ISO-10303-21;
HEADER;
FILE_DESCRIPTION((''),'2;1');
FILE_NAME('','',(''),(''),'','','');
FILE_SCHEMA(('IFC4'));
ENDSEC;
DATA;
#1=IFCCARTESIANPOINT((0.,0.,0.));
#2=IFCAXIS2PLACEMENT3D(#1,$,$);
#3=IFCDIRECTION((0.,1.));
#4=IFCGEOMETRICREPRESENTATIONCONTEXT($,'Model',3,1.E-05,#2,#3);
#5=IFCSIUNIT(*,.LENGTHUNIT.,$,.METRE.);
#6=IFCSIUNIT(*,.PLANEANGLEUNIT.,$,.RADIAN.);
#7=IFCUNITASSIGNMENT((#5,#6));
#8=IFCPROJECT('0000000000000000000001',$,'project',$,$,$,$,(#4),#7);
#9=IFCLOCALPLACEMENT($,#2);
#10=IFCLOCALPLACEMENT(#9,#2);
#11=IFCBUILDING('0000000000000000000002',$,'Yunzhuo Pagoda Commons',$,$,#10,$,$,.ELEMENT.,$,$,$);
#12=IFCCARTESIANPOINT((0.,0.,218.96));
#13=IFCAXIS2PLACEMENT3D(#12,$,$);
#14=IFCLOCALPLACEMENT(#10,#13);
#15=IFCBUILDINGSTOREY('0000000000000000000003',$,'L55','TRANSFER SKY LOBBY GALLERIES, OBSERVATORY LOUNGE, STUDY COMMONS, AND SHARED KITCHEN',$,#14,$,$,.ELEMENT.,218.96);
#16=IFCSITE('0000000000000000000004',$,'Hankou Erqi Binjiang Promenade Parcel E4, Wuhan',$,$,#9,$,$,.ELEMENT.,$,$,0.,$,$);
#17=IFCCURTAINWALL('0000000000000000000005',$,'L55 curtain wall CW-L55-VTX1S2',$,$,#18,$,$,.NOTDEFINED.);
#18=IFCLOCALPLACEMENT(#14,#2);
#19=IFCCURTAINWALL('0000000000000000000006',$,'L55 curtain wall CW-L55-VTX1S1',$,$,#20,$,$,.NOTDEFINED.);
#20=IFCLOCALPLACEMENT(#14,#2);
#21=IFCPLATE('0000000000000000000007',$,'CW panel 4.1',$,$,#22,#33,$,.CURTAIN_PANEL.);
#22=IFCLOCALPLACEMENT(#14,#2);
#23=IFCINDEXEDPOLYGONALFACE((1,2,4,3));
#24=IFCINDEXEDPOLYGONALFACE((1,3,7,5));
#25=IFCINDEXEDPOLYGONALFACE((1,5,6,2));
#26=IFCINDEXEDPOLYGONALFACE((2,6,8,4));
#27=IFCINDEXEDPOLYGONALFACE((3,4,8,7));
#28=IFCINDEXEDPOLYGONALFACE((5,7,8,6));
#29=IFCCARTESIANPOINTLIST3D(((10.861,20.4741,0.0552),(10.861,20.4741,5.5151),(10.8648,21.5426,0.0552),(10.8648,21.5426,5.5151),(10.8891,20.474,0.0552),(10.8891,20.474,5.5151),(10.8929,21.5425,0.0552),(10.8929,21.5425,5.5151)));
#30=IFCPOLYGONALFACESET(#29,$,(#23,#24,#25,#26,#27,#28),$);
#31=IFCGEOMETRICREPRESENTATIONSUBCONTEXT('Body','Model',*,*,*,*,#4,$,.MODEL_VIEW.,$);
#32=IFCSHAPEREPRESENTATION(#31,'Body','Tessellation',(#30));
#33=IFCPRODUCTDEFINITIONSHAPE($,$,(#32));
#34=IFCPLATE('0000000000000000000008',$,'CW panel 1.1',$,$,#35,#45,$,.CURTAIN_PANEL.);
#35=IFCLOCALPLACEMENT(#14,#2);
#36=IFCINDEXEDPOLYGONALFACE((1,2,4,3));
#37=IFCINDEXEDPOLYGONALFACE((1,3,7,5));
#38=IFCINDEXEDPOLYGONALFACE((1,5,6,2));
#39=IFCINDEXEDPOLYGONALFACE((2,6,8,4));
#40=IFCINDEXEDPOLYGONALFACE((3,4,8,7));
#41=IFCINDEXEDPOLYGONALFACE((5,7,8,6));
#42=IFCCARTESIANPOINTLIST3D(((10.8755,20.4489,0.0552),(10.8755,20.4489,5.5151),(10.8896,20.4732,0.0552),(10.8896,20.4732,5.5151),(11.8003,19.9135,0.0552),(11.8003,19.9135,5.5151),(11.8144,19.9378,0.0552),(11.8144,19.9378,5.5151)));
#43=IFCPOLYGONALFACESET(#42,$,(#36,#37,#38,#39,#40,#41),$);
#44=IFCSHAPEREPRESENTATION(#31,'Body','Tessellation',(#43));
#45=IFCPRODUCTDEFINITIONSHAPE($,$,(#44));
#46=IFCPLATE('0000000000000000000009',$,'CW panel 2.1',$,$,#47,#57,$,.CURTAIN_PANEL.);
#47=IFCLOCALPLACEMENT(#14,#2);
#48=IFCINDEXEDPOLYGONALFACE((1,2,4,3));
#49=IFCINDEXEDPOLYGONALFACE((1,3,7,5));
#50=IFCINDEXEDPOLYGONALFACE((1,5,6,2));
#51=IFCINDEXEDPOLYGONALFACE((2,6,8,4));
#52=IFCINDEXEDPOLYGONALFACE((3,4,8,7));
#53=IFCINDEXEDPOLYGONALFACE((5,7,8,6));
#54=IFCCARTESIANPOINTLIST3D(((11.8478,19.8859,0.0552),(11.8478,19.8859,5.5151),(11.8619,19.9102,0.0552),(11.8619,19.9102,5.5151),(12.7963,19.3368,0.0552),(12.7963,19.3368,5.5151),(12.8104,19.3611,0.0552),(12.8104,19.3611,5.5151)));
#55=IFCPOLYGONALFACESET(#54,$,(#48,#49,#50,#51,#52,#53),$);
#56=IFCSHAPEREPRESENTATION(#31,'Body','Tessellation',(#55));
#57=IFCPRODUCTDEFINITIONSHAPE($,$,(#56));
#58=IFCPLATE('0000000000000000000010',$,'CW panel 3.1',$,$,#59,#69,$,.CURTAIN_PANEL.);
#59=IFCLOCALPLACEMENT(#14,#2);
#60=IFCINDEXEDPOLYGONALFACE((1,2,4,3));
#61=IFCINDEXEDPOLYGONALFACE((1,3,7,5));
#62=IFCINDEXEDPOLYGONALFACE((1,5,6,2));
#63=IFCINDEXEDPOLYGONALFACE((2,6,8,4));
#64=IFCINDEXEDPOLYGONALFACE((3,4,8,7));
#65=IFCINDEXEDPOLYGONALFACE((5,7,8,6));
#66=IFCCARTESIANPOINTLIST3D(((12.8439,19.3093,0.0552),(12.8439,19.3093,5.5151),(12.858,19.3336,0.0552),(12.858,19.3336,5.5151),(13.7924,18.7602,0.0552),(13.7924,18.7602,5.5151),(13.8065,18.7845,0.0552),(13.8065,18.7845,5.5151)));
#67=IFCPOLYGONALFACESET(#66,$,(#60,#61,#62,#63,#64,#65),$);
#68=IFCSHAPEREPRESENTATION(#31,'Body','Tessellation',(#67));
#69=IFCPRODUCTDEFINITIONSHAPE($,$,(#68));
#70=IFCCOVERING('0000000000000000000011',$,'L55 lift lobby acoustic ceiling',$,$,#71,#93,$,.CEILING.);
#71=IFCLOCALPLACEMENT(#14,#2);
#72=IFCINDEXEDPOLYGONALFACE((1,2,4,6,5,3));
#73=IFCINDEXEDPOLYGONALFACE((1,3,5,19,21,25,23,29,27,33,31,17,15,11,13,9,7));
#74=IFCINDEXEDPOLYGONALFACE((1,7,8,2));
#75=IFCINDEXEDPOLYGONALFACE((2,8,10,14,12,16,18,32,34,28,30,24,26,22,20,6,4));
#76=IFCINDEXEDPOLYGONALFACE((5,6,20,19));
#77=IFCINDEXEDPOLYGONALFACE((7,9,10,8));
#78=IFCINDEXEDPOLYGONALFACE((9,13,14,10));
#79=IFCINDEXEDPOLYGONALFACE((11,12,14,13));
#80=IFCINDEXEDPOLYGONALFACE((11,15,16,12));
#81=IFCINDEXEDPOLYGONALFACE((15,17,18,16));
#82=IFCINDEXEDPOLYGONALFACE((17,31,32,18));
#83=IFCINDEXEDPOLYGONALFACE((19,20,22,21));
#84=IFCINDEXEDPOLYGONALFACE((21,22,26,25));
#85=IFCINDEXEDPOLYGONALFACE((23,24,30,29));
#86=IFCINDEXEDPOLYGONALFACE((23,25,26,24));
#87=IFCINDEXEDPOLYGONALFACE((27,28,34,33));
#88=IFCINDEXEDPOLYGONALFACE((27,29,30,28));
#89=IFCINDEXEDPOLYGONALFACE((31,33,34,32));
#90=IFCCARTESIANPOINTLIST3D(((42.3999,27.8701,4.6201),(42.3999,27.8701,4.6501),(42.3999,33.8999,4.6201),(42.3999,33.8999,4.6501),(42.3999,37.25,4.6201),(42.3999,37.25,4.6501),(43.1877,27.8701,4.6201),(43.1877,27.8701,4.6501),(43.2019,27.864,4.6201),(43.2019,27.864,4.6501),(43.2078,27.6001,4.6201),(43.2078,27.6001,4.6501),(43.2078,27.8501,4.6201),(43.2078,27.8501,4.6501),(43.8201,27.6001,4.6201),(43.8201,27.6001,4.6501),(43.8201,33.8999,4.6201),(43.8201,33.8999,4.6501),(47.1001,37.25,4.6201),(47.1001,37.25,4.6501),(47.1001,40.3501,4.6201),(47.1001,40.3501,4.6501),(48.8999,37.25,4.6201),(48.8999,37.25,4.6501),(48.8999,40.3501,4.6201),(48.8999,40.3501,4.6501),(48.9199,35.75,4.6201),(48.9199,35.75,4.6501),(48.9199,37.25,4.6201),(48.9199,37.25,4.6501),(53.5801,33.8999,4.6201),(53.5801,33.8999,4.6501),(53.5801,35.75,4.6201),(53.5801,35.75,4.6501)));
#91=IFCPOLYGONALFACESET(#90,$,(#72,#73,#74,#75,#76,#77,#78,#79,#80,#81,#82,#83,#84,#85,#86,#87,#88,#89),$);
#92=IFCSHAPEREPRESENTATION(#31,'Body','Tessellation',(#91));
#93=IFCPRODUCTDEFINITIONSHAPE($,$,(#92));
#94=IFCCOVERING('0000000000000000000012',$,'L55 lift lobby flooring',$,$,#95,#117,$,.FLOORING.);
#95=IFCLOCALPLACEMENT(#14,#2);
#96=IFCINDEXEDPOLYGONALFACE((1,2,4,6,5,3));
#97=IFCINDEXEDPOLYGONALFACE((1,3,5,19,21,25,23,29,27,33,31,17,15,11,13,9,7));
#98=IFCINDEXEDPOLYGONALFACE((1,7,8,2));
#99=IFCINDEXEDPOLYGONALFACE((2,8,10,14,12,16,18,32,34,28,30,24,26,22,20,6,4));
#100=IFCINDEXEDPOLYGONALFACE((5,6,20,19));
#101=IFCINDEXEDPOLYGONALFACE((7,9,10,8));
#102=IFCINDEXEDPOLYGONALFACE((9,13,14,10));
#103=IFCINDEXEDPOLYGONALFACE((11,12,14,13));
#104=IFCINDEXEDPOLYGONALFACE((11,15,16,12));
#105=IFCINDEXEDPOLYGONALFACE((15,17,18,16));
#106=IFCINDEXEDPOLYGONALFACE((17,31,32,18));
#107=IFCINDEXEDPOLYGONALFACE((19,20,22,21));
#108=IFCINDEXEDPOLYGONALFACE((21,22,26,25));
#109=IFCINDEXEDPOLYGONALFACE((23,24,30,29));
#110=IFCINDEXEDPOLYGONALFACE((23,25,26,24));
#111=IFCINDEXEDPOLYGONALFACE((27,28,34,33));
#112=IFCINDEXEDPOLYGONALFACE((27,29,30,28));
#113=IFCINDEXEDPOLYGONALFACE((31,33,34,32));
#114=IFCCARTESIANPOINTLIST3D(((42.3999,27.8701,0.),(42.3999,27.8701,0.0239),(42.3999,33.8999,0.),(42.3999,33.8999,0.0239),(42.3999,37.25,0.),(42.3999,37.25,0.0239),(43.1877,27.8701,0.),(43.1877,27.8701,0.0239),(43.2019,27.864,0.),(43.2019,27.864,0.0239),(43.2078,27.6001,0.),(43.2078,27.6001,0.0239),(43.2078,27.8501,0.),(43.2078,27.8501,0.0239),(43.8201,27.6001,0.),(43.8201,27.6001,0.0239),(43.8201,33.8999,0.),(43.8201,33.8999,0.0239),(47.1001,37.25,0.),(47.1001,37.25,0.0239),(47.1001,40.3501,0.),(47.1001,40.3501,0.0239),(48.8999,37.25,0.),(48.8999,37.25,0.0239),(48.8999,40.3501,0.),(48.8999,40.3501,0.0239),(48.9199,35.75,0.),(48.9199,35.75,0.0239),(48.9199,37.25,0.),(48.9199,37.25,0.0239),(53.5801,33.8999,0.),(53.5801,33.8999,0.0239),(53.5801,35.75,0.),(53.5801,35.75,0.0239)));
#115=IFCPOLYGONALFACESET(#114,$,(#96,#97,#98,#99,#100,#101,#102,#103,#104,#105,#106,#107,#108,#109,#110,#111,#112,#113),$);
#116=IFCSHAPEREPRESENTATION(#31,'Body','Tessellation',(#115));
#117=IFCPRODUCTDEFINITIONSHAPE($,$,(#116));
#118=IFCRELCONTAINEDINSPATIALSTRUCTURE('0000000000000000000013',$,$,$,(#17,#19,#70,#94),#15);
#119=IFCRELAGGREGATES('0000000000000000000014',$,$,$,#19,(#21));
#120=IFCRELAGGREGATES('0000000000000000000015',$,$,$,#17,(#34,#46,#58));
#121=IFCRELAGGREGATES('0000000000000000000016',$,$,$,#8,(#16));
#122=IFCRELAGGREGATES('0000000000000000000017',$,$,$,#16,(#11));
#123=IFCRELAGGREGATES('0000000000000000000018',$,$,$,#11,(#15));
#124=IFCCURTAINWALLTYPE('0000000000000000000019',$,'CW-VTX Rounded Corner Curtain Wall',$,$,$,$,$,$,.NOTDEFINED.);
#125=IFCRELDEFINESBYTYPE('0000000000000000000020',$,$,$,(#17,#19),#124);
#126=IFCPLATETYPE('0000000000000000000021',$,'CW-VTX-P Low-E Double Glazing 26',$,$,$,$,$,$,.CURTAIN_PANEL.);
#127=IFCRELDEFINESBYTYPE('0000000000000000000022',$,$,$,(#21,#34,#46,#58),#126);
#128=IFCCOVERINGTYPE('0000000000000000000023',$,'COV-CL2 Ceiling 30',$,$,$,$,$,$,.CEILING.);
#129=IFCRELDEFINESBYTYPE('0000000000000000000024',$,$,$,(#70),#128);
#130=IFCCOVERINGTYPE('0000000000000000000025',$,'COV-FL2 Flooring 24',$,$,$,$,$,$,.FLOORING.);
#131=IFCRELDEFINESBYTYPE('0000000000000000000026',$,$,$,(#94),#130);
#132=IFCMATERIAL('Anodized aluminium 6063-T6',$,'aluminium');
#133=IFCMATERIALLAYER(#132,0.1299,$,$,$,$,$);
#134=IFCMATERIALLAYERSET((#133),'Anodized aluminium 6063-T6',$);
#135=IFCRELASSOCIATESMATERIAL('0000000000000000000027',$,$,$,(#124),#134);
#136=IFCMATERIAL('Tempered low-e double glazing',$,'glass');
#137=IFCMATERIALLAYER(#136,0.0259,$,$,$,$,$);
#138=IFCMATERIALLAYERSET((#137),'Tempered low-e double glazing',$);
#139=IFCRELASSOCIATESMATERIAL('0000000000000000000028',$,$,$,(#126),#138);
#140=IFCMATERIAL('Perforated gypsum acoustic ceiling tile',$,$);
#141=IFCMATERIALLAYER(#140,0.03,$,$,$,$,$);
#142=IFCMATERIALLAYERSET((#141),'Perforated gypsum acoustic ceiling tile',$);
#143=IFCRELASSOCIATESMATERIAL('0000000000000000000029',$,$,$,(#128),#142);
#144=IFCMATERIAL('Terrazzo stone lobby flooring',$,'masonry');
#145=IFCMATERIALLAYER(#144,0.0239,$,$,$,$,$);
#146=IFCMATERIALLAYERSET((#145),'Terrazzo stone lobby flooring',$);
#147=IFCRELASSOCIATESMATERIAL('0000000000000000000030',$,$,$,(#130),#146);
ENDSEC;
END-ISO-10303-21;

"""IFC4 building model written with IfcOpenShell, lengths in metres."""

from ifc_helpers import new_model, si_unit, direction, frame, origin, origin_2d, place, context, subcontext, project, spatial, polyline, rectangle, outline, extrude, source, transform, mapped, material, layer, layer_set, type_object, element, aggregate, save


model = new_model("IFC4")

# Units and contexts
model_context = context("Model", 3, precision=1e-05, world=origin(), true_north=direction((0.0, 1.0)))
body_context = subcontext(model_context, "Body", "Model", "MODEL_VIEW")
ifc_project = project(units=[si_unit("LENGTHUNIT", "METRE"), si_unit("PLANEANGLEUNIT", "RADIAN")], contexts=[model_context])

# Site, building, storey
site_placement = place(None, origin())
site = spatial("IfcSite", under=ifc_project, at=site_placement, Name="Hankou Erqi Binjiang Promenade Parcel E4, Wuhan", CompositionType="ELEMENT", RefElevation=0.0)
building_placement = place(site_placement, origin())
building = spatial("IfcBuilding", under=site, at=building_placement, Name="Yunzhuo Pagoda Commons", CompositionType="ELEMENT")
storey_placement = place(building_placement, frame((0.0, 0.0, 218.96)))
storey = spatial("IfcBuildingStorey", under=building, at=storey_placement, Name="L55", Description="TRANSFER SKY LOBBY GALLERIES, OBSERVATORY LOUNGE, STUDY COMMONS, AND SHARED KITCHEN", CompositionType="ELEMENT", Elevation=218.96)

# Curtain wall
ifc_material_1 = material(Name="Anodized aluminium 6063-T6", Category="aluminium")
ifc_layer_1 = layer(ifc_material_1, 0.1299)
ifc_layer_set_1 = layer_set([ifc_layer_1], Name="Anodized aluminium 6063-T6")
curtain_wall_type = type_object("IfcCurtainWallType", Name="CW-VTX Rounded Corner Curtain Wall", PredefinedType="NOTDEFINED", material=ifc_layer_set_1)
curtain_wall_1_placement = place(storey_placement, origin())
curtain_wall_1 = element("IfcCurtainWall", 1, at=curtain_wall_1_placement, inside=storey, type_object=curtain_wall_type, Name="L55 curtain wall CW-L55-VTX1S2", PredefinedType="NOTDEFINED")

# Curtain wall, plate
curtain_wall_2_placement = place(storey_placement, origin())
curtain_wall_2 = element("IfcCurtainWall", 2, at=curtain_wall_2_placement, inside=storey, type_object=curtain_wall_type, Name="L55 curtain wall CW-L55-VTX1S1", PredefinedType="NOTDEFINED")
ifc_material_2 = material(Name="Tempered low-e double glazing", Category="glass")
ifc_layer_2 = layer(ifc_material_2, 0.0259)
ifc_layer_set_2 = layer_set([ifc_layer_2], Name="Tempered low-e double glazing")
plate_type = type_object("IfcPlateType", Name="CW-VTX-P Low-E Double Glazing 26", PredefinedType="CURTAIN_PANEL", material=ifc_layer_set_2)
shared_shape_1 = source(origin(), body_context, "Body", "SweptSolid", [
    extrude(rectangle(XDim=1.0686, YDim=0.0281, at=origin_2d()), origin(), (0.0, 0.0, 1.0), 5.46),
])
plate_1_placement = place(storey_placement, frame((10.877, 21.0083, 0.0552), z_axis=(0.0, 0.0, 1.0), x_axis=(-0.003584, -0.999994, 0.0)))
plate_1 = element("IfcPlate", 3, at=plate_1_placement, type_object=plate_type, Name="CW panel 4.1", PredefinedType="CURTAIN_PANEL", context=body_context, shape_type="MappedRepresentation", body=[
    mapped(shared_shape_1, transform((0.0, 0.0, 0.0), scale=1.0)),
])
aggregate(curtain_wall_2, [plate_1])

# Plates
plate_2_placement = place(storey_placement, frame((11.345, 20.1934, 0.0552), z_axis=(0.0, 0.0, 1.0), x_axis=(0.865432, -0.501027, 0.0)))
plate_2 = element("IfcPlate", 4, at=plate_2_placement, type_object=plate_type, Name="CW panel 1.1", PredefinedType="CURTAIN_PANEL", context=body_context, shape_type="MappedRepresentation", body=[
    mapped(shared_shape_1, transform((0.0, 0.0, 0.0), scale=1.0)),
])
shared_shape_2 = source(origin(), body_context, "Body", "SweptSolid", [
    extrude(rectangle(XDim=1.0959, YDim=0.0281, at=origin_2d()), origin(), (0.0, 0.0, 1.0), 5.46),
])
plate_3_placement = place(storey_placement, frame((12.3291, 19.6235, 0.0552), z_axis=(0.0, 0.0, 1.0), x_axis=(0.865432, -0.501027, 0.0)))
plate_3 = element("IfcPlate", 5, at=plate_3_placement, type_object=plate_type, Name="CW panel 2.1", PredefinedType="CURTAIN_PANEL", context=body_context, shape_type="MappedRepresentation", body=[
    mapped(shared_shape_2, transform((0.0, 0.0, 0.0), scale=1.0)),
])
plate_4_placement = place(storey_placement, frame((13.3252, 19.0469, 0.0552), z_axis=(0.0, 0.0, 1.0), x_axis=(0.865432, -0.501027, 0.0)))
plate_4 = element("IfcPlate", 6, at=plate_4_placement, type_object=plate_type, Name="CW panel 3.1", PredefinedType="CURTAIN_PANEL", context=body_context, shape_type="MappedRepresentation", body=[
    mapped(shared_shape_2, transform((0.0, 0.0, 0.0), scale=1.0)),
])
aggregate(curtain_wall_1, [plate_2, plate_3, plate_4])

# Coverings
ifc_material_3 = material(Name="Perforated gypsum acoustic ceiling tile")
ifc_layer_3 = layer(ifc_material_3, 0.03)
ifc_layer_set_3 = layer_set([ifc_layer_3], Name="Perforated gypsum acoustic ceiling tile")
covering_type_1 = type_object("IfcCoveringType", Name="COV-CL2 Ceiling 30", PredefinedType="CEILING", material=ifc_layer_set_3)
covering_1_placement = place(storey_placement, frame((0.0, 0.0, 4.6201)))
element("IfcCovering", 7, at=covering_1_placement, inside=storey, type_object=covering_type_1, Name="L55 lift lobby acoustic ceiling", PredefinedType="CEILING", context=body_context, shape_type="SweptSolid", body=[
    extrude(outline(polyline([(42.3999, 37.25), (47.1001, 37.25), (47.1001, 40.3501), (48.8999, 40.3501), (48.8999, 37.25), (48.9199, 37.25), (48.9199, 35.75), (53.5801, 35.75), (53.5801, 33.8999), (43.8201, 33.8999), (43.8201, 27.6001), (43.2078, 27.6001), (43.2078, 27.8501), (43.2019, 27.864), (43.1877, 27.8701), (42.3999, 27.8701), (42.3999, 33.8999), (42.3999, 37.25)])), origin(), (0.0, 0.0, 1.0), 0.03),
])
ifc_material_4 = material(Name="Terrazzo stone lobby flooring", Category="masonry")
ifc_layer_4 = layer(ifc_material_4, 0.0239)
ifc_layer_set_4 = layer_set([ifc_layer_4], Name="Terrazzo stone lobby flooring")
covering_type_2 = type_object("IfcCoveringType", Name="COV-FL2 Flooring 24", PredefinedType="FLOORING", material=ifc_layer_set_4)
covering_2_placement = place(storey_placement, origin())
element("IfcCovering", 8, at=covering_2_placement, inside=storey, type_object=covering_type_2, Name="L55 lift lobby flooring", PredefinedType="FLOORING", context=body_context, shape_type="SweptSolid", body=[
    extrude(outline(polyline([(42.3999, 37.25), (47.1001, 37.25), (47.1001, 40.3501), (48.8999, 40.3501), (48.8999, 37.25), (48.9199, 37.25), (48.9199, 35.75), (53.5801, 35.75), (53.5801, 33.8999), (43.8201, 33.8999), (43.8201, 27.6001), (43.2078, 27.6001), (43.2078, 27.8501), (43.2019, 27.864), (43.1877, 27.8701), (42.3999, 27.8701), (42.3999, 33.8999), (42.3999, 37.25)])), origin(), (0.0, 0.0, 1.0), 0.0239),
])

save(model, "model.ifc")
